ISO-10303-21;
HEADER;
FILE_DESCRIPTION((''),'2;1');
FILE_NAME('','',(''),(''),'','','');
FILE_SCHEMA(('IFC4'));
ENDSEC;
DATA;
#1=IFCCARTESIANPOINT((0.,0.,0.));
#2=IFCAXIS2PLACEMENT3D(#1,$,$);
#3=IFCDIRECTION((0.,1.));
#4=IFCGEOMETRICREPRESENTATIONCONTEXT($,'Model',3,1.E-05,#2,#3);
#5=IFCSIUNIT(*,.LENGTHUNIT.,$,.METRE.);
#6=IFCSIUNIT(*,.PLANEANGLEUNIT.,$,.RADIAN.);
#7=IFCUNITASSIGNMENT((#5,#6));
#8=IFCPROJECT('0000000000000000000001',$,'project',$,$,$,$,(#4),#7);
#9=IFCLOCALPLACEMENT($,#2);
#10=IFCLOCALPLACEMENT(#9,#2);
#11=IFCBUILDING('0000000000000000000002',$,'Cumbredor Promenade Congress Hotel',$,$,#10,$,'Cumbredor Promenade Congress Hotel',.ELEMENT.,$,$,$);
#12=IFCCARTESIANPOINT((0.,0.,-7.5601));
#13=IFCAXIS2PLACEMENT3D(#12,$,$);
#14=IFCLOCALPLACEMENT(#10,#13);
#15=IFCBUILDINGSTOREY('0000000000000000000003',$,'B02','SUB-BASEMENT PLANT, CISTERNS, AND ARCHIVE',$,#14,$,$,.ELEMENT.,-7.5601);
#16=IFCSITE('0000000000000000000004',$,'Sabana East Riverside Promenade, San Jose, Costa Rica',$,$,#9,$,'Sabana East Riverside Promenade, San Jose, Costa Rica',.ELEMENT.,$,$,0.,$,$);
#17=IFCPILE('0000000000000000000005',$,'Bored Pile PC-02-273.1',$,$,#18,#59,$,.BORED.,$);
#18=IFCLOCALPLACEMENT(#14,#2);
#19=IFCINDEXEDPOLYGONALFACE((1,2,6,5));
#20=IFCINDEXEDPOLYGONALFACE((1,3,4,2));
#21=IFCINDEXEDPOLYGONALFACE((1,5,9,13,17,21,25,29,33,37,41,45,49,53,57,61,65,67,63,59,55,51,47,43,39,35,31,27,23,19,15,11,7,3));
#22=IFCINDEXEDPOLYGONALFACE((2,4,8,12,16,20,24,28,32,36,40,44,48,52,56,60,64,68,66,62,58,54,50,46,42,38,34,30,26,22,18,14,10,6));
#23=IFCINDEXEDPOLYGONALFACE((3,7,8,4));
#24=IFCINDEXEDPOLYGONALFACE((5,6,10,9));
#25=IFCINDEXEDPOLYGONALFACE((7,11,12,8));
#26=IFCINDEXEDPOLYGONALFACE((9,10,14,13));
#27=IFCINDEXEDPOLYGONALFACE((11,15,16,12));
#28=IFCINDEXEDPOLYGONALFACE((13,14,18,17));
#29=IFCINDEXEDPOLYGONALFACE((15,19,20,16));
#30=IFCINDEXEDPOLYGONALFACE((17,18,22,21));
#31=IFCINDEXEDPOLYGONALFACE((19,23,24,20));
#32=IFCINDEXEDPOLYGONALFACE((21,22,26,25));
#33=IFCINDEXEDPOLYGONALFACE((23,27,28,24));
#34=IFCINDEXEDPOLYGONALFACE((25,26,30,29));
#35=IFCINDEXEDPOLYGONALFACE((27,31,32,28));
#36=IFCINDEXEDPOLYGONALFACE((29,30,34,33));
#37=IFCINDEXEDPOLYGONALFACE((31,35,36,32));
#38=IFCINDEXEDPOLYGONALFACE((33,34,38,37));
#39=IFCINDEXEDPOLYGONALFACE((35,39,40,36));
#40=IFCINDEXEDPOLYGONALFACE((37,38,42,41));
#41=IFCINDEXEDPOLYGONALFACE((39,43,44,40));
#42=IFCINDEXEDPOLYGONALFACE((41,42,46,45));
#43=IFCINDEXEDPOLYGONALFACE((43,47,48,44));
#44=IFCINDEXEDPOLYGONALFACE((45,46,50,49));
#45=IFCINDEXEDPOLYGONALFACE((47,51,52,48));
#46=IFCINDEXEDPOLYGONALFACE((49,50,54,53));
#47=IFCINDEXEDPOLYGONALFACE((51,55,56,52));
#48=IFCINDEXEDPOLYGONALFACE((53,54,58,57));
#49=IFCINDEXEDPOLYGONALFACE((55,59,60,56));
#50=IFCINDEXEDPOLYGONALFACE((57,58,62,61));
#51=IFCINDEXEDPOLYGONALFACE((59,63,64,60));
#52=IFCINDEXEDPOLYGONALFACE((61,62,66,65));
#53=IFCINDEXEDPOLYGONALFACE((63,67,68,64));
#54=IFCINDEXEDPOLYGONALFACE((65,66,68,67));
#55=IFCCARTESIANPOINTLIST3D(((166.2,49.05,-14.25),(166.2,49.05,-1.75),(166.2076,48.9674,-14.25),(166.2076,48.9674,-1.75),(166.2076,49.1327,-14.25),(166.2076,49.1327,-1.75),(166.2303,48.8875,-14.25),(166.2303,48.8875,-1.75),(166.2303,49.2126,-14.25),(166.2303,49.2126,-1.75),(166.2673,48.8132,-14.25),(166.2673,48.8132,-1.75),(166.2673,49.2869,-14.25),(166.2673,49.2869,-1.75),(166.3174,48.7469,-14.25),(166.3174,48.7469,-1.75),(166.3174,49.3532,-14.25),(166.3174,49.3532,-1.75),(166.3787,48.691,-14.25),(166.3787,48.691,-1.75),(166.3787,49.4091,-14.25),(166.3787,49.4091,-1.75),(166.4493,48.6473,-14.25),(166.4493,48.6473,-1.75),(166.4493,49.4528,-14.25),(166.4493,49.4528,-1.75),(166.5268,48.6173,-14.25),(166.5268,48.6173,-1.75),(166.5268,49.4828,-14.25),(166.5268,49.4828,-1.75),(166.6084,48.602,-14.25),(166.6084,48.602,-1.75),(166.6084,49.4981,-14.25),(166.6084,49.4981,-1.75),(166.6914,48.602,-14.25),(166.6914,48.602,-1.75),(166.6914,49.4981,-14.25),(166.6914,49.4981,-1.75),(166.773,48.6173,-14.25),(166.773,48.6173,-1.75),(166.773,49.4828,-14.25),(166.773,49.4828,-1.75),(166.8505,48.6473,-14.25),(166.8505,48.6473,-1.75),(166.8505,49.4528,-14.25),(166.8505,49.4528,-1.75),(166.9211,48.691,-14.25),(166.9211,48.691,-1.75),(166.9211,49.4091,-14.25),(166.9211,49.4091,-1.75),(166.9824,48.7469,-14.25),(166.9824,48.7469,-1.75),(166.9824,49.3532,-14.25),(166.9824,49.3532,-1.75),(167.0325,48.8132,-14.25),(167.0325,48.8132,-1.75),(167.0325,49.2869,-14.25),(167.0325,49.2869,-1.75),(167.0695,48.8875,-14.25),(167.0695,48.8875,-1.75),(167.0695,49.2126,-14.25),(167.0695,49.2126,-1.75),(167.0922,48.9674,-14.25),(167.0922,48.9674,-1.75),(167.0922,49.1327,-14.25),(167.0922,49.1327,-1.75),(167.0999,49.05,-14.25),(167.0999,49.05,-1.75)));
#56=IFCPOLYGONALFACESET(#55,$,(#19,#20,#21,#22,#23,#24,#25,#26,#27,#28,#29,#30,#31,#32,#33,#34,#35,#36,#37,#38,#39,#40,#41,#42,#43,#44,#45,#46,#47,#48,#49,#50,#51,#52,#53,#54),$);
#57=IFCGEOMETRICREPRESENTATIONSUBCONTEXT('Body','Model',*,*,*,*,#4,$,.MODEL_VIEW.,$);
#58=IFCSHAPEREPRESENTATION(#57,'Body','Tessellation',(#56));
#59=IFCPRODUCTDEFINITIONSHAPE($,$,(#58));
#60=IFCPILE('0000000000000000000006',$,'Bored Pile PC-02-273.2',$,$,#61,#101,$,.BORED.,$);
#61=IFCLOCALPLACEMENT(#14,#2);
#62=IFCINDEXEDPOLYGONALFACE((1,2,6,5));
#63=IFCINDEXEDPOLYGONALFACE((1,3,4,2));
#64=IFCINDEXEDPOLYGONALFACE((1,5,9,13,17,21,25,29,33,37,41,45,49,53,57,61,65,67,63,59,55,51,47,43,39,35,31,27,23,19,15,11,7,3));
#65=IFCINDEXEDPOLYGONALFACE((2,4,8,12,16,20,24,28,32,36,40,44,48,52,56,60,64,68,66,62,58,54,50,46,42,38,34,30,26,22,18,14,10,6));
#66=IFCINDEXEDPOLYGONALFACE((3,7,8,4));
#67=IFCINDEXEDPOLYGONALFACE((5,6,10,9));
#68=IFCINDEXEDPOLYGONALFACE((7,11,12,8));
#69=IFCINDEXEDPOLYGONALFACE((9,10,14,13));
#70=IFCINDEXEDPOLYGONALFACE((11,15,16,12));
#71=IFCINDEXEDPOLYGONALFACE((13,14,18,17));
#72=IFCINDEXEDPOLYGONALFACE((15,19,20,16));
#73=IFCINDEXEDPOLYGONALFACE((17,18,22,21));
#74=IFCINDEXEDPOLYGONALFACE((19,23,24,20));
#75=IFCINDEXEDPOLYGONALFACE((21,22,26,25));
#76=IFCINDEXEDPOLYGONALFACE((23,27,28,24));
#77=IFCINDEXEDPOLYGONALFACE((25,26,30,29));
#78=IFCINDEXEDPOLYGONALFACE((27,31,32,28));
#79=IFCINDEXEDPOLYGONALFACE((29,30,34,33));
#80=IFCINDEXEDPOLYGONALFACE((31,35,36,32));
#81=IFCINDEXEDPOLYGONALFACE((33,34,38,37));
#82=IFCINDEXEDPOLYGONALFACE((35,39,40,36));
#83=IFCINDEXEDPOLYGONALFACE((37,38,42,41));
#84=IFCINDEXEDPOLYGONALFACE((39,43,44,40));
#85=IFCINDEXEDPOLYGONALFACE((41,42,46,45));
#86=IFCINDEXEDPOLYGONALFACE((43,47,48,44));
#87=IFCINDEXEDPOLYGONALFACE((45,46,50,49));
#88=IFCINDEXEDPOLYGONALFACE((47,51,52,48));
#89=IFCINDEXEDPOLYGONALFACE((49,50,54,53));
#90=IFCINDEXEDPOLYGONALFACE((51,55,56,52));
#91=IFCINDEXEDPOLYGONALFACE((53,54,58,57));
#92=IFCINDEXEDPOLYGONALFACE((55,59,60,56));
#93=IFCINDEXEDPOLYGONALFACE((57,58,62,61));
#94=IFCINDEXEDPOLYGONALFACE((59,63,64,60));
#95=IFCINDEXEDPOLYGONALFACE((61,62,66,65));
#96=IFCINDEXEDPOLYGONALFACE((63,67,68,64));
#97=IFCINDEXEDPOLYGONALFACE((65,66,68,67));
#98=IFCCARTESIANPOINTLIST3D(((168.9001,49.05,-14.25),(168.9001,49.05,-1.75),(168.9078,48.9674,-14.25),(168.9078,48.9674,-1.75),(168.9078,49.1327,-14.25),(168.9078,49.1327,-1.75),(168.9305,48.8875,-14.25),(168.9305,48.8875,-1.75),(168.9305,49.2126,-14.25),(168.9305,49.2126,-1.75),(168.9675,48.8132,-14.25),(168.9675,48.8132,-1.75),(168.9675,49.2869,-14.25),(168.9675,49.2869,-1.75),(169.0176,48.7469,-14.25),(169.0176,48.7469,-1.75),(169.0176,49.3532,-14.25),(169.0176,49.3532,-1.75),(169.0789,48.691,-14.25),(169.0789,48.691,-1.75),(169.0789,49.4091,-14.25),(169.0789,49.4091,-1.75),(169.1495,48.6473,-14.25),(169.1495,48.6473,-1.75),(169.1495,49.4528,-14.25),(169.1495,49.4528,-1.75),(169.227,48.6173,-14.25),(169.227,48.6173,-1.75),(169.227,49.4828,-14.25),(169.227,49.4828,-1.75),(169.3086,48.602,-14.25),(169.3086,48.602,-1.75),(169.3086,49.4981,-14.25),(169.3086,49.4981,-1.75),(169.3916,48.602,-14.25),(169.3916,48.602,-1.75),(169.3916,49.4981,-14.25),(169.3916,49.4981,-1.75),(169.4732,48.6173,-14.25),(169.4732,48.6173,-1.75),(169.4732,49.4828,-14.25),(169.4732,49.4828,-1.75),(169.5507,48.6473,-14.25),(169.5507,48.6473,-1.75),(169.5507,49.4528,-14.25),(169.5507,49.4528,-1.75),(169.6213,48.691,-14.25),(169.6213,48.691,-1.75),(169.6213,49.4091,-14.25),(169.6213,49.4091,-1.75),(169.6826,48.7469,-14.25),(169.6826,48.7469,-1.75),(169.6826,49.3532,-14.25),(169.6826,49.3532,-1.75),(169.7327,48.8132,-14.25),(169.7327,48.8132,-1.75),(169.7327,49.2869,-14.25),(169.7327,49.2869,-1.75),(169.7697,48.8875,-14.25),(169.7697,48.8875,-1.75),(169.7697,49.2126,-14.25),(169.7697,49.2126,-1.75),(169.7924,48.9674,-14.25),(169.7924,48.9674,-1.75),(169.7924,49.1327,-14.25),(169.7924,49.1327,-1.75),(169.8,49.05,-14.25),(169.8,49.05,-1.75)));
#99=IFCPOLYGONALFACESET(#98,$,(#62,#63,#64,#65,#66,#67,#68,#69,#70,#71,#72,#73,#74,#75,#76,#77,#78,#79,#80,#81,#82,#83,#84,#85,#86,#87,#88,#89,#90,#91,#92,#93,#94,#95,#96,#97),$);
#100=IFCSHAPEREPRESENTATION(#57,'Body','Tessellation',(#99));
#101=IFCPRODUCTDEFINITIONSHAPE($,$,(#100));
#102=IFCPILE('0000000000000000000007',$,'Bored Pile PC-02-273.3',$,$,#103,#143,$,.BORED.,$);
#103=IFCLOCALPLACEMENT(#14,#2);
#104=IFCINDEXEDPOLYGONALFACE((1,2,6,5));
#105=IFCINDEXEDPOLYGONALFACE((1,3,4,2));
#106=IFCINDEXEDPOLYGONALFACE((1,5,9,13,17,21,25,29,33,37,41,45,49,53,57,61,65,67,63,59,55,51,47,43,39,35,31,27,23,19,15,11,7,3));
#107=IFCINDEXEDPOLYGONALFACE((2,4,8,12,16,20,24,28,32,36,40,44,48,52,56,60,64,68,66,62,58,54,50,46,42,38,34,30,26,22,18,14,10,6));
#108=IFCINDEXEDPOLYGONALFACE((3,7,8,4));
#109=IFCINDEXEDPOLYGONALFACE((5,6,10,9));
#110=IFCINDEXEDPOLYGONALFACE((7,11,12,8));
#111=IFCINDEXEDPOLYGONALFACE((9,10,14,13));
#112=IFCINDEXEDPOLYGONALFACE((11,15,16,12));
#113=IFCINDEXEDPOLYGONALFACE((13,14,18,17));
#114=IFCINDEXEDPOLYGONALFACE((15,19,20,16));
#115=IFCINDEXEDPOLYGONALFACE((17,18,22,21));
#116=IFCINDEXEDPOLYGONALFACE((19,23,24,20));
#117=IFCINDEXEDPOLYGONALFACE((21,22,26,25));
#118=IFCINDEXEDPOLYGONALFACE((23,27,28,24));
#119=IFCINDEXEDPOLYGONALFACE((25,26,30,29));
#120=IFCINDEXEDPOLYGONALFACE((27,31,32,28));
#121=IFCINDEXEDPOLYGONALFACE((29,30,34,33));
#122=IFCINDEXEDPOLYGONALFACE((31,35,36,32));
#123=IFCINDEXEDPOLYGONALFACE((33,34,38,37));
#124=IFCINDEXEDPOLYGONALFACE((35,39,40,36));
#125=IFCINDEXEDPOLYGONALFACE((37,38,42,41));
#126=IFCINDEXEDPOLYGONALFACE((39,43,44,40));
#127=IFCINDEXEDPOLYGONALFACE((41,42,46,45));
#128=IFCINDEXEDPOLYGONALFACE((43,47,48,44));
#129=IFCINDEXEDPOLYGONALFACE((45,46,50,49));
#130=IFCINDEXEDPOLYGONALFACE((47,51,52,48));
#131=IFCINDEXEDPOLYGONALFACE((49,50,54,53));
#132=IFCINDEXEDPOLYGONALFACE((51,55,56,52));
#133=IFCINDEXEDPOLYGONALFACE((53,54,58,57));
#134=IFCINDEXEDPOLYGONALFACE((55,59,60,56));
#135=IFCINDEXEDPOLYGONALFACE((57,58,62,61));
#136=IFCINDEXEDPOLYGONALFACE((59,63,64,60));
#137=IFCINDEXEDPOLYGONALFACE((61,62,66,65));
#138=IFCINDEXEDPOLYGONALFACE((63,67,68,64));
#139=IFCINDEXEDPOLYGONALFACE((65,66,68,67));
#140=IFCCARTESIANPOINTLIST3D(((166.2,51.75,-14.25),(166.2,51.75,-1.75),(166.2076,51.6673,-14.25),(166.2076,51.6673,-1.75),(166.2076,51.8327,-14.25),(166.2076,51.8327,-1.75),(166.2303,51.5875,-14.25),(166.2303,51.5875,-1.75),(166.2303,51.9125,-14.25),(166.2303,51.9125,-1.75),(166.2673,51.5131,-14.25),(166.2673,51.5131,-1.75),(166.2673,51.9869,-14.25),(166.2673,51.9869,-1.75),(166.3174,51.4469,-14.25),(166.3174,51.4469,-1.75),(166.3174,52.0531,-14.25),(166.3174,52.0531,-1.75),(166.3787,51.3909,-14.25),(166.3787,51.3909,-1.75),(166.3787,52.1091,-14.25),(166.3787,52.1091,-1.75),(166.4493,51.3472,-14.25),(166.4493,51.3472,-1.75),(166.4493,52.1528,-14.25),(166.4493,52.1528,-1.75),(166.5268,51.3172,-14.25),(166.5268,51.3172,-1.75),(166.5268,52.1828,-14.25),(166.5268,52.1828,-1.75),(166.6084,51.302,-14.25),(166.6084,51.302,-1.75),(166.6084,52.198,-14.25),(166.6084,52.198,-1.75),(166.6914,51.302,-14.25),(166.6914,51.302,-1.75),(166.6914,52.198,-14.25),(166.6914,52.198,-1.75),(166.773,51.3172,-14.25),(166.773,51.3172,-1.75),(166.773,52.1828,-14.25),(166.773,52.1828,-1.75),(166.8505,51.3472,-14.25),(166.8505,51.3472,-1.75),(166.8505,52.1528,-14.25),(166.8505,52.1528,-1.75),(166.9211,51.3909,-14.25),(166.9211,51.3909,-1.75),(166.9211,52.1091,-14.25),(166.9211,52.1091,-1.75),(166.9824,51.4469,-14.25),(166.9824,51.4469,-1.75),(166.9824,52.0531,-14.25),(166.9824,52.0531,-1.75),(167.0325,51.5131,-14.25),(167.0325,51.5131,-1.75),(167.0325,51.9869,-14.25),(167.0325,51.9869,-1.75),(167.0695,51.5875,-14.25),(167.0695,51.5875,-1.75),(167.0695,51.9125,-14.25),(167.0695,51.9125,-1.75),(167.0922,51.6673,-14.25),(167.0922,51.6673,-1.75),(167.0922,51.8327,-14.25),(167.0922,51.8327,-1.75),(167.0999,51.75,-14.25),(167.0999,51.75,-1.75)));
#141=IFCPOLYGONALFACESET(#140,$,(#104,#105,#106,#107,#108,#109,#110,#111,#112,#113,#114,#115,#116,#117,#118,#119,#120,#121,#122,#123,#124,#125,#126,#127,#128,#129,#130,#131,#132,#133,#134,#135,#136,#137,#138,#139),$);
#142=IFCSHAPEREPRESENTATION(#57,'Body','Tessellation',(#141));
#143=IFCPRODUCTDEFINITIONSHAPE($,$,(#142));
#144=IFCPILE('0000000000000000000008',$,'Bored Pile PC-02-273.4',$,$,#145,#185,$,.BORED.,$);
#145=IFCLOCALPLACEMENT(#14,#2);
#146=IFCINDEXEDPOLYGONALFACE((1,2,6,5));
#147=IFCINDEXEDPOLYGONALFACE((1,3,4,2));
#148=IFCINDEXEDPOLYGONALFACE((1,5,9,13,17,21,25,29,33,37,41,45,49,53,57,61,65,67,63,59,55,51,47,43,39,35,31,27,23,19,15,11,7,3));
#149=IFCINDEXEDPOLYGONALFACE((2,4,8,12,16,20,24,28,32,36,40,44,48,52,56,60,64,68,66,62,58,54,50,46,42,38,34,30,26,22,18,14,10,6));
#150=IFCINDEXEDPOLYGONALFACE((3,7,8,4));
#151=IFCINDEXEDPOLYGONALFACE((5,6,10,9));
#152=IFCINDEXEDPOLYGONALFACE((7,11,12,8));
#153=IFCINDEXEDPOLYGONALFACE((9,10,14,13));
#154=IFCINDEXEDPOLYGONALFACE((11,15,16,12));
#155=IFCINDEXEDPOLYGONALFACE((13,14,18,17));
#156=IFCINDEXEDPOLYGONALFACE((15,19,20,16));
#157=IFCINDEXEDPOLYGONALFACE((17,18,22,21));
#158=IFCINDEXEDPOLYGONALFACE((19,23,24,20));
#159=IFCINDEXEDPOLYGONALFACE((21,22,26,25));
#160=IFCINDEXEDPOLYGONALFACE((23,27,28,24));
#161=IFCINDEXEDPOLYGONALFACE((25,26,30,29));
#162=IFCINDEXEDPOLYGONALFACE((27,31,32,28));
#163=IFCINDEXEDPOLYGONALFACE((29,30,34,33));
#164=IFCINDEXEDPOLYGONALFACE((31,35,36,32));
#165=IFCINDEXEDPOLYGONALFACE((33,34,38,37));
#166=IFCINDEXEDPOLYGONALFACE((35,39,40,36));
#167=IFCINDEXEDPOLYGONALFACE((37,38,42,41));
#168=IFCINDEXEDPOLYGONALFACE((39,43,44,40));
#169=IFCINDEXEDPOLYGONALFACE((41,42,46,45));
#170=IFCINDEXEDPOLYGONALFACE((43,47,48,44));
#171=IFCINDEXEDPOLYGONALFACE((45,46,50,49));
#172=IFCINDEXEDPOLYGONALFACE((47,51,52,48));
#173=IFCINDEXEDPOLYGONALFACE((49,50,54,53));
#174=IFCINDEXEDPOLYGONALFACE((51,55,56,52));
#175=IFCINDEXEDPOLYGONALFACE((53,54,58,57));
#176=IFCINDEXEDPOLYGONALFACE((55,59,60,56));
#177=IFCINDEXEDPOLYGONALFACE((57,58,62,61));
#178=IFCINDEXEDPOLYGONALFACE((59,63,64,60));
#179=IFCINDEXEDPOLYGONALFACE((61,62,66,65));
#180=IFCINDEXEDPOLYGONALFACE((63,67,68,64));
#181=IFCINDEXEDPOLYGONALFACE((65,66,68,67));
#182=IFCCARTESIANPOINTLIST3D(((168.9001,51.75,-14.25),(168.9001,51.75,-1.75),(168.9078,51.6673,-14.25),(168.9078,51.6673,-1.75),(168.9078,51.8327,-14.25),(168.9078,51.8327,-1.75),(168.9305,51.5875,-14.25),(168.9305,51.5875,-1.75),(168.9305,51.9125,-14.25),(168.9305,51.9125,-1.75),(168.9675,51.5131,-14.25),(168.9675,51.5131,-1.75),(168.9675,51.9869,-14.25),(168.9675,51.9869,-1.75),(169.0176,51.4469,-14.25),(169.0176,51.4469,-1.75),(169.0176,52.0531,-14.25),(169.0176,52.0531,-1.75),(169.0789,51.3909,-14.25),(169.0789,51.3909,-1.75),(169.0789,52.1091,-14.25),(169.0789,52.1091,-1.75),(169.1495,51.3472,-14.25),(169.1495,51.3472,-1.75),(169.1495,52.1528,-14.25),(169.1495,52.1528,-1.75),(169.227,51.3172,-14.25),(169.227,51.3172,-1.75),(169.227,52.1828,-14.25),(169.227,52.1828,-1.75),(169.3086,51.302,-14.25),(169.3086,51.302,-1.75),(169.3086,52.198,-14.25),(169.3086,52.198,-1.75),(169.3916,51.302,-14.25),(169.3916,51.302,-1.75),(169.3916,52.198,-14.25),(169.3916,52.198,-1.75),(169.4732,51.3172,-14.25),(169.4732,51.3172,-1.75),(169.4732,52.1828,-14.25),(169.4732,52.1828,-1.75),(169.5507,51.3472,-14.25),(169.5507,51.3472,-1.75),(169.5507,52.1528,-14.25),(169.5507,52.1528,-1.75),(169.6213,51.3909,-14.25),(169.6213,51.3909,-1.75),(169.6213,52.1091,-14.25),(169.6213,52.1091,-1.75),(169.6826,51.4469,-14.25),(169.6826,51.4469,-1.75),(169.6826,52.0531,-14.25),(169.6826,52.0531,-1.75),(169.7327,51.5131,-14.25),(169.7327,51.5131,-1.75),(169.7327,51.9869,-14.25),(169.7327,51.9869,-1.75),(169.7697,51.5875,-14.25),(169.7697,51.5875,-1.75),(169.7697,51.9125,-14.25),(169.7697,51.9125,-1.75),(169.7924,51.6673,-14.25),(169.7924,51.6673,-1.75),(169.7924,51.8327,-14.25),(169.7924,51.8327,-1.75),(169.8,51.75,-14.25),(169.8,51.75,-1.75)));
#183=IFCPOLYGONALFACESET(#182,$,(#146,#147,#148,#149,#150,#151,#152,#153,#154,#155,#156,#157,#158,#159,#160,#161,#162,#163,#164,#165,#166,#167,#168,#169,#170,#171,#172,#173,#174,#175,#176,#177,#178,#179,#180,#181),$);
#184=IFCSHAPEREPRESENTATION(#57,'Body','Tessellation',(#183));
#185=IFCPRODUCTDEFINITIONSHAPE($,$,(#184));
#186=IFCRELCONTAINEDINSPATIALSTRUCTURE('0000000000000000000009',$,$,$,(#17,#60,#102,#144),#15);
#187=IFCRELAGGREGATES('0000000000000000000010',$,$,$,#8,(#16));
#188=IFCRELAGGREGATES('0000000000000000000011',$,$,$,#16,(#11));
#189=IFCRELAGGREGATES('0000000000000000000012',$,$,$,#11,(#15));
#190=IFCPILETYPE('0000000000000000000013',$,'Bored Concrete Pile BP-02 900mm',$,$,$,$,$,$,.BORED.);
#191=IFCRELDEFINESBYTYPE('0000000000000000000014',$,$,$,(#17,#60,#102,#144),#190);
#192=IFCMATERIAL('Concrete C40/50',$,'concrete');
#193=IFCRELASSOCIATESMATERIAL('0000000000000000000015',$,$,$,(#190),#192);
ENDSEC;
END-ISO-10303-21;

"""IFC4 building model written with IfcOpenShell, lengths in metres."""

from ifc_helpers import new_model, si_unit, direction, frame, origin, origin_2d, place, context, subcontext, project, spatial, circle, extrude, material, material_profile, profile_set, type_object, element, save


model = new_model("IFC4")

# Units and contexts
model_context = context("Model", 3, precision=1e-05, world=origin(), true_north=direction((0.0, 1.0)))
body_context = subcontext(model_context, "Body", "Model", "MODEL_VIEW")
ifc_project = project(units=[si_unit("LENGTHUNIT", "METRE"), si_unit("PLANEANGLEUNIT", "RADIAN")], contexts=[model_context])

# Site, building, storey
site_placement = place(None, origin())
site = spatial("IfcSite", under=ifc_project, at=site_placement, Name="Sabana East Riverside Promenade, San Jose, Costa Rica", LongName="Sabana East Riverside Promenade, San Jose, Costa Rica", CompositionType="ELEMENT", RefElevation=0.0)
building_placement = place(site_placement, origin())
building = spatial("IfcBuilding", under=site, at=building_placement, Name="Cumbredor Promenade Congress Hotel", LongName="Cumbredor Promenade Congress Hotel", CompositionType="ELEMENT")
storey_placement = place(building_placement, frame((0.0, 0.0, -7.5601)))
storey = spatial("IfcBuildingStorey", under=building, at=storey_placement, Name="B02", Description="SUB-BASEMENT PLANT, CISTERNS, AND ARCHIVE", CompositionType="ELEMENT", Elevation=-7.5601)

# Piles
ifc_material_1 = material(Name="Concrete C40/50", Category="concrete")
ifc_material_profile_1 = material_profile(ifc_material_1, circle(Radius=0.45, at=origin_2d()), Name="PILE D900")
ifc_profile_set_1 = profile_set([ifc_material_profile_1], Name="Concrete C40/50")
pile_type = type_object("IfcPileType", Name="Bored Concrete Pile BP-02 900mm", PredefinedType="BORED", material=ifc_profile_set_1)
for number, where, z_axis, x_axis, name in (
    (1, (166.6499, 49.05, -1.75), (0.0, 0.0, -1.0), (1.0, 0.0, 0.0), "Bored Pile PC-02-273.1"),
    (2, (169.3501, 49.05, -1.75), (0.0, 0.0, -1.0), (1.0, 0.0, 0.0), "Bored Pile PC-02-273.2"),
    (3, (166.6499, 51.75, -1.75), (0.0, 0.0, -1.0), (1.0, 0.0, 0.0), "Bored Pile PC-02-273.3"),
    (4, (169.3501, 51.75, -1.75), (0.0, 0.0, -1.0), (1.0, 0.0, 0.0), "Bored Pile PC-02-273.4"),
):
    element("IfcPile", number, at=place(storey_placement, frame(where, z_axis=z_axis, x_axis=x_axis)), inside=storey, type_object=pile_type, Name=name, PredefinedType="BORED", context=body_context, shape_type="SweptSolid", body=[
        extrude(circle(Radius=0.45, at=origin_2d()), origin(), (0.0, 0.0, 1.0), 12.5),
    ])

save(model, "model.ifc")
